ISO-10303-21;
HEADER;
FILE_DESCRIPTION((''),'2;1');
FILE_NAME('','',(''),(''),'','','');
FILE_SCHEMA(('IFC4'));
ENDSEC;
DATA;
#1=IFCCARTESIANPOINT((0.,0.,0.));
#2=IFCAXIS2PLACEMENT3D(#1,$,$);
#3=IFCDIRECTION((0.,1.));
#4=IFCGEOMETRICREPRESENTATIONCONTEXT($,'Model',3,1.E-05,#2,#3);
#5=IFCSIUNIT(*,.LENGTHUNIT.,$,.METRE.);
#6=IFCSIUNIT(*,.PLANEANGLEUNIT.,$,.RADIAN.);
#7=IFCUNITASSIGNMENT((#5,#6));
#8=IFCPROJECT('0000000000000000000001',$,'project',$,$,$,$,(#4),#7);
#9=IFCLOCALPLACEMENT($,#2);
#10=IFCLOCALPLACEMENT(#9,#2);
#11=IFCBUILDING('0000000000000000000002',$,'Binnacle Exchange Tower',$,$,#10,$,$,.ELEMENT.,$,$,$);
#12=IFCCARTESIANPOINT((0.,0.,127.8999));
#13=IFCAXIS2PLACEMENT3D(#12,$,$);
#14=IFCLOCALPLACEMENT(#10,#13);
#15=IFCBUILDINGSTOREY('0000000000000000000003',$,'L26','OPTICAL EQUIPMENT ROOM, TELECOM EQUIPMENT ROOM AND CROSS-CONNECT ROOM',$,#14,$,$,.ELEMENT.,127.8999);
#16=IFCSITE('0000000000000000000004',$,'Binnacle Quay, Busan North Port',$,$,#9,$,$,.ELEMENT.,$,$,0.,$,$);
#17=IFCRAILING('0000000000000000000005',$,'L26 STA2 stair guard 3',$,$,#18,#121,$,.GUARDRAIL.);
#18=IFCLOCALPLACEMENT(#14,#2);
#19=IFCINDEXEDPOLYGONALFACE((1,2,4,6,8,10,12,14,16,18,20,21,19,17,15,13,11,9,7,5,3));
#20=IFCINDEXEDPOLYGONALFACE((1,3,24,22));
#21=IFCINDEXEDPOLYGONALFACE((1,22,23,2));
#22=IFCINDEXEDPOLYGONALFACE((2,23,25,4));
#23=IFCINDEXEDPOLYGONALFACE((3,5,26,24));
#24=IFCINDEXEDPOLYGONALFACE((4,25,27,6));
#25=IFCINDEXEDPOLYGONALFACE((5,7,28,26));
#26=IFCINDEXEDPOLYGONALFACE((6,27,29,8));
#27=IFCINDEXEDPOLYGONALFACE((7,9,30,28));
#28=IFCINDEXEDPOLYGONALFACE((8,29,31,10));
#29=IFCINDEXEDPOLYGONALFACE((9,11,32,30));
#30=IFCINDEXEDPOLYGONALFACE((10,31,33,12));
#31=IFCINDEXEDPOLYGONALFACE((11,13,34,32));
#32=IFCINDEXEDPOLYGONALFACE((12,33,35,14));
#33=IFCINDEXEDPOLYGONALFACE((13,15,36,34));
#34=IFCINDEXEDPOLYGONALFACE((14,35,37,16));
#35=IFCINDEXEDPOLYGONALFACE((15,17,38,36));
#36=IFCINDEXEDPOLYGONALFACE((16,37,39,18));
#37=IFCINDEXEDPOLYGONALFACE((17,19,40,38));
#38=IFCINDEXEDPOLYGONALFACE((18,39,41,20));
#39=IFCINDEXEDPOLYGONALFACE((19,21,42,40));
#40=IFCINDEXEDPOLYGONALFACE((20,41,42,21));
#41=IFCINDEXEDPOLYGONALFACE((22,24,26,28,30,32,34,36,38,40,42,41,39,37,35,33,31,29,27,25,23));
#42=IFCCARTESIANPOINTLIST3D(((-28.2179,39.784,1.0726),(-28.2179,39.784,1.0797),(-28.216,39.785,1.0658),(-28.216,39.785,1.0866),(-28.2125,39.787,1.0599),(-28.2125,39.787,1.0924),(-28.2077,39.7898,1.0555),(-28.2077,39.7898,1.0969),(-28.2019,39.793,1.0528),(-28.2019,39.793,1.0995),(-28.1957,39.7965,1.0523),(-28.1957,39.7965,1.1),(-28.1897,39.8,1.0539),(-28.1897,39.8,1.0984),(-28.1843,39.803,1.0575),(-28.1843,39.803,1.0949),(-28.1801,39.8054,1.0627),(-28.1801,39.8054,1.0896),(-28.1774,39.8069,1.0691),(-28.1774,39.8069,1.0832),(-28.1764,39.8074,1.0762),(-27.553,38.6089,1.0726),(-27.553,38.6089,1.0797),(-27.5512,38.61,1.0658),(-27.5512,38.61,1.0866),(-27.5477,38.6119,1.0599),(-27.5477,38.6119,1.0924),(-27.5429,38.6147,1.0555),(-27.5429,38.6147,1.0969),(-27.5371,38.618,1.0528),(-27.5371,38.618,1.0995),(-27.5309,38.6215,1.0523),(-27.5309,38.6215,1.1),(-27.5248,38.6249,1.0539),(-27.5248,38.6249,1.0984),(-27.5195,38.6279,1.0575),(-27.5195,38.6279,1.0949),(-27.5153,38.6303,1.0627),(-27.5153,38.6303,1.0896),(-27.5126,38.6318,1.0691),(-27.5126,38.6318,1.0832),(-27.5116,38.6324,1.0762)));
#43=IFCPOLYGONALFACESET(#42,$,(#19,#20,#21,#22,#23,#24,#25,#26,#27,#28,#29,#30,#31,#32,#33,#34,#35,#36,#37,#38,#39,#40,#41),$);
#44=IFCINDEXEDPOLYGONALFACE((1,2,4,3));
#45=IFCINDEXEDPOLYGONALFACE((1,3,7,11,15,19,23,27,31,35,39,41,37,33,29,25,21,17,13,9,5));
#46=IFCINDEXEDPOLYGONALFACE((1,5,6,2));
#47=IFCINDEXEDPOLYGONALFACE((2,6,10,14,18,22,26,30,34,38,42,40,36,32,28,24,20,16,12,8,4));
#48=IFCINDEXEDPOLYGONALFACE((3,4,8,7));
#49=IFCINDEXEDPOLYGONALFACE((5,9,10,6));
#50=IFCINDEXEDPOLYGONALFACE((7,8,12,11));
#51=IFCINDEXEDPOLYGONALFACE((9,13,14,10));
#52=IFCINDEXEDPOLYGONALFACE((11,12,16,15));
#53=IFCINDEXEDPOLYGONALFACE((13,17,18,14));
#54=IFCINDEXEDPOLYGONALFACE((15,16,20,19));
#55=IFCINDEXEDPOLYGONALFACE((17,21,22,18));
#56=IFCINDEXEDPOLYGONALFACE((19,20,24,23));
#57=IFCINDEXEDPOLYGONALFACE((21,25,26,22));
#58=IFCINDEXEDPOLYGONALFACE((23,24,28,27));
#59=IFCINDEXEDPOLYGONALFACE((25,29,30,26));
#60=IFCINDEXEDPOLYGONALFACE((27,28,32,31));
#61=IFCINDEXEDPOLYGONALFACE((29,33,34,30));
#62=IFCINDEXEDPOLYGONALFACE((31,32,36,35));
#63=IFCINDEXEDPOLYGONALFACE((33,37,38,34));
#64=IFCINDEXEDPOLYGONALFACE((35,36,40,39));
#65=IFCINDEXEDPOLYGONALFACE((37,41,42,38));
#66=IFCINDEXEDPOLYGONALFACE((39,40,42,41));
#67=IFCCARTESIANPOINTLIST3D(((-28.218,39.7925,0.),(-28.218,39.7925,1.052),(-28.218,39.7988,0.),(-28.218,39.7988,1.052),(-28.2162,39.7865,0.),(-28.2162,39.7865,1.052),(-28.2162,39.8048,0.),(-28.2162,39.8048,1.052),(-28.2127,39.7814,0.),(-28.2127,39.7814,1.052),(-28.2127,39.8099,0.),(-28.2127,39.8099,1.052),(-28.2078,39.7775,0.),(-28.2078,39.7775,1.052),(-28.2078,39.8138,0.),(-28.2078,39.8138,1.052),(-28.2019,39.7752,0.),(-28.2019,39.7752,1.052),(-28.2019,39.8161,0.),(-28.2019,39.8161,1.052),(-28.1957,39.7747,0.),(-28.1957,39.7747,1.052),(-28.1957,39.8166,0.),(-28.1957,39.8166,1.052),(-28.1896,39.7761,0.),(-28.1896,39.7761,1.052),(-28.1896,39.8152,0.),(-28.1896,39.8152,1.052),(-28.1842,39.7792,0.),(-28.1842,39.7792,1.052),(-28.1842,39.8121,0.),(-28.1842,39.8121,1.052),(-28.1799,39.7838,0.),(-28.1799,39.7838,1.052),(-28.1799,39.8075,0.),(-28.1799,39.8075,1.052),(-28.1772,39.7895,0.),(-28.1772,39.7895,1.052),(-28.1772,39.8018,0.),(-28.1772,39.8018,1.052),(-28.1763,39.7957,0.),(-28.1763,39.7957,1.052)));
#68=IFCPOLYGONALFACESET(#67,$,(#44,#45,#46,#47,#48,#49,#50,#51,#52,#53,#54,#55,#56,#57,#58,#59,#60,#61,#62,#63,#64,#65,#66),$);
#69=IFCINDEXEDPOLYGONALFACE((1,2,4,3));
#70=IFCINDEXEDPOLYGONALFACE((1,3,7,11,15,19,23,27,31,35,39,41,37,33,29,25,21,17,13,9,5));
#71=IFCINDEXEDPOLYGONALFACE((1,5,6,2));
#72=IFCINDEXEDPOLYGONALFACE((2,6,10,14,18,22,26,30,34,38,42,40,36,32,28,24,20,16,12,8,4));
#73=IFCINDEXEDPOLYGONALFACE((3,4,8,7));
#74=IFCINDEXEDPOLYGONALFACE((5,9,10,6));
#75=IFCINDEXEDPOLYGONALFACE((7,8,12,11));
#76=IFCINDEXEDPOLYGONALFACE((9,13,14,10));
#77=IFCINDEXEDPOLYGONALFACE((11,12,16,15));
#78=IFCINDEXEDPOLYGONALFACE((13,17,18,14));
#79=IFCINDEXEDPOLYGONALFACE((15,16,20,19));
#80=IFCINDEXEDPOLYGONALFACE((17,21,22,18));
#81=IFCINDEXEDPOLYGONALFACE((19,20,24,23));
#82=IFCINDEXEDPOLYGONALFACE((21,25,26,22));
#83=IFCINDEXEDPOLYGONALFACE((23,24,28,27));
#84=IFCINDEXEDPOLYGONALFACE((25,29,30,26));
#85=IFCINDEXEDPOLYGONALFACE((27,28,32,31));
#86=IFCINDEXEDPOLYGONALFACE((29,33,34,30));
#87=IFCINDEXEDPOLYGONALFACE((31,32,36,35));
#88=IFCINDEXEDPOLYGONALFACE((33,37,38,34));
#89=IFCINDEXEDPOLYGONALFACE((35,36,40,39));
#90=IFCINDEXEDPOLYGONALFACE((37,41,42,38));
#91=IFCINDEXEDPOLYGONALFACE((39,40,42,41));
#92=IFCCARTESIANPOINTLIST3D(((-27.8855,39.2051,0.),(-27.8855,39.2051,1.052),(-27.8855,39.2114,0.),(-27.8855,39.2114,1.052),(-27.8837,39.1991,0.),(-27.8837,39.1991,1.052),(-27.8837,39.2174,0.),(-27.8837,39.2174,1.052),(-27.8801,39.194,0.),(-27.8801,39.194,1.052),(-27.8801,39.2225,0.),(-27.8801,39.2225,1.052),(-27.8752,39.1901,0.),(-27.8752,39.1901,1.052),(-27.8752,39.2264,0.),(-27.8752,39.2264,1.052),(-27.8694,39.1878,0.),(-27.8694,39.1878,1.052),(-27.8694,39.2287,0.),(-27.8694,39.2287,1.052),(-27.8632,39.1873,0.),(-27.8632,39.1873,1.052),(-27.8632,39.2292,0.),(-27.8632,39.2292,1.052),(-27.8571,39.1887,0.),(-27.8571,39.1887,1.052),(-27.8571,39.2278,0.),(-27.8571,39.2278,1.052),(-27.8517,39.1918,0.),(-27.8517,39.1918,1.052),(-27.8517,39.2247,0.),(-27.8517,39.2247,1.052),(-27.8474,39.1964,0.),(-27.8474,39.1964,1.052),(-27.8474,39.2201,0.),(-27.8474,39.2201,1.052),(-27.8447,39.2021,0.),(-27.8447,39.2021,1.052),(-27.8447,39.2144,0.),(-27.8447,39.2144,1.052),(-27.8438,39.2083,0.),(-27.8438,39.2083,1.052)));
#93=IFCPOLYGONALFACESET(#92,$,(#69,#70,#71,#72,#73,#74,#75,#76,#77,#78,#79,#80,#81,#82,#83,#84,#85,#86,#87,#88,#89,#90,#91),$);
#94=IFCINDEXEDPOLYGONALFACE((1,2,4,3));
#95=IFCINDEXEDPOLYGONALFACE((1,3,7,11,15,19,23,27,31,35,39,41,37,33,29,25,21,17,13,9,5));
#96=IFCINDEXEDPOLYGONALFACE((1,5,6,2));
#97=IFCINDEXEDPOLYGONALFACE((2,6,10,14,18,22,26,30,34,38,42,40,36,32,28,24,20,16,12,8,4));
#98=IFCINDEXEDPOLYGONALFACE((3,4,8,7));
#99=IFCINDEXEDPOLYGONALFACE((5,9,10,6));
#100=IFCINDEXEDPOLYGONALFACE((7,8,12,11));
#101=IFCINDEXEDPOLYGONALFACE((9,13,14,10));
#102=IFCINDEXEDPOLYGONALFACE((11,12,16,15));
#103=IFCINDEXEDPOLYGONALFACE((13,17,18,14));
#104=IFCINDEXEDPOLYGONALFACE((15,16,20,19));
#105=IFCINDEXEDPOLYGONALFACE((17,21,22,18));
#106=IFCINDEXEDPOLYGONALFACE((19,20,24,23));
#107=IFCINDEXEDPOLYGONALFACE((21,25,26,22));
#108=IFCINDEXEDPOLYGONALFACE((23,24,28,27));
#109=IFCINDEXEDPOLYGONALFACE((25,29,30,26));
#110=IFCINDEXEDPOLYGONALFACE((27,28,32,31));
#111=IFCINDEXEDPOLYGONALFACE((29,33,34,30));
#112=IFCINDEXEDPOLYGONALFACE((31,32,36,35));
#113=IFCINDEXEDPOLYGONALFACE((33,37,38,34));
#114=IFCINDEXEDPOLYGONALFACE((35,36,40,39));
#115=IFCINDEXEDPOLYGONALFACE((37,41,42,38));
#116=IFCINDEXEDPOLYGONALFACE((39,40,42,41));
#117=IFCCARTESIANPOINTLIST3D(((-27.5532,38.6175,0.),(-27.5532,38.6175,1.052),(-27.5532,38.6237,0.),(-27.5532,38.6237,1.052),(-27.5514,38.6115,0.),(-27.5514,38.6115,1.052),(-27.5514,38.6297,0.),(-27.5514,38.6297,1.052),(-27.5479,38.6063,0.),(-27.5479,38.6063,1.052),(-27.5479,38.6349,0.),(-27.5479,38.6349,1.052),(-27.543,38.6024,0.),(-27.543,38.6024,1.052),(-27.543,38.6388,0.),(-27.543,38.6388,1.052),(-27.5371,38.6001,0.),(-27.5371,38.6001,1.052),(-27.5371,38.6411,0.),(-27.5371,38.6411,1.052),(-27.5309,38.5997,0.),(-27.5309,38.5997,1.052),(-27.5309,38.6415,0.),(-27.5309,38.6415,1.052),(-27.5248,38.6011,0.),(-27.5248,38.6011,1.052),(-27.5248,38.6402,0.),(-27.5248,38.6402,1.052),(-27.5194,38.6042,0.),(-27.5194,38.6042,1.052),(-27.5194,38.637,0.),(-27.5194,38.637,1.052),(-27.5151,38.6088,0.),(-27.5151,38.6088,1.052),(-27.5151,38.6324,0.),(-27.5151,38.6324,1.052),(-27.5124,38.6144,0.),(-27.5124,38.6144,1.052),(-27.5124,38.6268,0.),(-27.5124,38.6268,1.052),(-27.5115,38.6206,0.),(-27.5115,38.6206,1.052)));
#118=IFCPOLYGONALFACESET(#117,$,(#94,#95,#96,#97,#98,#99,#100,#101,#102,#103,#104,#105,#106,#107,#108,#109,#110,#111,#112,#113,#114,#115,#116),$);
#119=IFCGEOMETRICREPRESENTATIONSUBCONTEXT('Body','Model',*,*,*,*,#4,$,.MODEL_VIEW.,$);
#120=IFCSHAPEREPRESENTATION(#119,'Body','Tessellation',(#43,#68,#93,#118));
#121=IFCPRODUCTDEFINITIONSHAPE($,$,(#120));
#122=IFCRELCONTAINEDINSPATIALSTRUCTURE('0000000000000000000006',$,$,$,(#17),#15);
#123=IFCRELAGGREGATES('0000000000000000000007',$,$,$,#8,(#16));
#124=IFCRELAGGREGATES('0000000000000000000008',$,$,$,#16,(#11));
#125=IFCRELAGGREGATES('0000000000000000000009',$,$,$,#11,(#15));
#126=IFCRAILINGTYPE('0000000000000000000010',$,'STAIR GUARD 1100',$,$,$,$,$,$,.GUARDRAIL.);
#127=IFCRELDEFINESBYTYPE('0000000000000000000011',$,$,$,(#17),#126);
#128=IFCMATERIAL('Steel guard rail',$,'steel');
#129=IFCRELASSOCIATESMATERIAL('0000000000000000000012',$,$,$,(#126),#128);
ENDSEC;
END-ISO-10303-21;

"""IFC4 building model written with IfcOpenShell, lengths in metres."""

from ifc_helpers import new_model, si_unit, direction, frame, origin, origin_2d, place, context, subcontext, project, spatial, circle, extrude, material, type_object, element, save


model = new_model("IFC4")

# Units and contexts
model_context = context("Model", 3, precision=1e-05, world=origin(), true_north=direction((0.0, 1.0)))
body_context = subcontext(model_context, "Body", "Model", "MODEL_VIEW")
ifc_project = project(units=[si_unit("LENGTHUNIT", "METRE"), si_unit("PLANEANGLEUNIT", "RADIAN")], contexts=[model_context])

# Site, building, storey
site_placement = place(None, origin())
site = spatial("IfcSite", under=ifc_project, at=site_placement, Name="Binnacle Quay, Busan North Port", CompositionType="ELEMENT", RefElevation=0.0)
building_placement = place(site_placement, origin())
building = spatial("IfcBuilding", under=site, at=building_placement, Name="Binnacle Exchange Tower", CompositionType="ELEMENT")
storey_placement = place(building_placement, frame((0.0, 0.0, 127.8999)))
storey = spatial("IfcBuildingStorey", under=building, at=storey_placement, Name="L26", Description="OPTICAL EQUIPMENT ROOM, TELECOM EQUIPMENT ROOM AND CROSS-CONNECT ROOM", CompositionType="ELEMENT", Elevation=127.8999)

# Railing
ifc_material_1 = material(Name="Steel guard rail", Category="steel")
railing_type_1 = type_object("IfcRailingType", Name="STAIR GUARD 1100", PredefinedType="GUARDRAIL", material=ifc_material_1)
railing_1_placement = place(storey_placement, frame((-28.1973, 39.7957, 0.0)))
element("IfcRailing", 1, at=railing_1_placement, inside=storey, type_object=railing_type_1, Name="L26 STA2 stair guard 3", PredefinedType="GUARDRAIL", context=body_context, shape_type="SweptSolid", body=[
    extrude(circle(Radius=0.0239, at=origin_2d()), frame((0.0, 0.0, 1.0762), z_axis=(0.492415, -0.870361, 0.0), x_axis=(0.870361, 0.492415, 0.0)), (0.0, 0.0, 1.0), 1.3501),
    extrude(circle(Radius=0.021, at=origin_2d()), origin(), (0.0, 0.0, 1.0), 1.052),
    extrude(circle(Radius=0.021, at=origin_2d()), frame((0.3325, -0.5874, 0.0)), (0.0, 0.0, 1.0), 1.052),
    extrude(circle(Radius=0.021, at=origin_2d()), frame((0.6648, -1.175, 0.0)), (0.0, 0.0, 1.0), 1.052),
])

save(model, "model.ifc")
